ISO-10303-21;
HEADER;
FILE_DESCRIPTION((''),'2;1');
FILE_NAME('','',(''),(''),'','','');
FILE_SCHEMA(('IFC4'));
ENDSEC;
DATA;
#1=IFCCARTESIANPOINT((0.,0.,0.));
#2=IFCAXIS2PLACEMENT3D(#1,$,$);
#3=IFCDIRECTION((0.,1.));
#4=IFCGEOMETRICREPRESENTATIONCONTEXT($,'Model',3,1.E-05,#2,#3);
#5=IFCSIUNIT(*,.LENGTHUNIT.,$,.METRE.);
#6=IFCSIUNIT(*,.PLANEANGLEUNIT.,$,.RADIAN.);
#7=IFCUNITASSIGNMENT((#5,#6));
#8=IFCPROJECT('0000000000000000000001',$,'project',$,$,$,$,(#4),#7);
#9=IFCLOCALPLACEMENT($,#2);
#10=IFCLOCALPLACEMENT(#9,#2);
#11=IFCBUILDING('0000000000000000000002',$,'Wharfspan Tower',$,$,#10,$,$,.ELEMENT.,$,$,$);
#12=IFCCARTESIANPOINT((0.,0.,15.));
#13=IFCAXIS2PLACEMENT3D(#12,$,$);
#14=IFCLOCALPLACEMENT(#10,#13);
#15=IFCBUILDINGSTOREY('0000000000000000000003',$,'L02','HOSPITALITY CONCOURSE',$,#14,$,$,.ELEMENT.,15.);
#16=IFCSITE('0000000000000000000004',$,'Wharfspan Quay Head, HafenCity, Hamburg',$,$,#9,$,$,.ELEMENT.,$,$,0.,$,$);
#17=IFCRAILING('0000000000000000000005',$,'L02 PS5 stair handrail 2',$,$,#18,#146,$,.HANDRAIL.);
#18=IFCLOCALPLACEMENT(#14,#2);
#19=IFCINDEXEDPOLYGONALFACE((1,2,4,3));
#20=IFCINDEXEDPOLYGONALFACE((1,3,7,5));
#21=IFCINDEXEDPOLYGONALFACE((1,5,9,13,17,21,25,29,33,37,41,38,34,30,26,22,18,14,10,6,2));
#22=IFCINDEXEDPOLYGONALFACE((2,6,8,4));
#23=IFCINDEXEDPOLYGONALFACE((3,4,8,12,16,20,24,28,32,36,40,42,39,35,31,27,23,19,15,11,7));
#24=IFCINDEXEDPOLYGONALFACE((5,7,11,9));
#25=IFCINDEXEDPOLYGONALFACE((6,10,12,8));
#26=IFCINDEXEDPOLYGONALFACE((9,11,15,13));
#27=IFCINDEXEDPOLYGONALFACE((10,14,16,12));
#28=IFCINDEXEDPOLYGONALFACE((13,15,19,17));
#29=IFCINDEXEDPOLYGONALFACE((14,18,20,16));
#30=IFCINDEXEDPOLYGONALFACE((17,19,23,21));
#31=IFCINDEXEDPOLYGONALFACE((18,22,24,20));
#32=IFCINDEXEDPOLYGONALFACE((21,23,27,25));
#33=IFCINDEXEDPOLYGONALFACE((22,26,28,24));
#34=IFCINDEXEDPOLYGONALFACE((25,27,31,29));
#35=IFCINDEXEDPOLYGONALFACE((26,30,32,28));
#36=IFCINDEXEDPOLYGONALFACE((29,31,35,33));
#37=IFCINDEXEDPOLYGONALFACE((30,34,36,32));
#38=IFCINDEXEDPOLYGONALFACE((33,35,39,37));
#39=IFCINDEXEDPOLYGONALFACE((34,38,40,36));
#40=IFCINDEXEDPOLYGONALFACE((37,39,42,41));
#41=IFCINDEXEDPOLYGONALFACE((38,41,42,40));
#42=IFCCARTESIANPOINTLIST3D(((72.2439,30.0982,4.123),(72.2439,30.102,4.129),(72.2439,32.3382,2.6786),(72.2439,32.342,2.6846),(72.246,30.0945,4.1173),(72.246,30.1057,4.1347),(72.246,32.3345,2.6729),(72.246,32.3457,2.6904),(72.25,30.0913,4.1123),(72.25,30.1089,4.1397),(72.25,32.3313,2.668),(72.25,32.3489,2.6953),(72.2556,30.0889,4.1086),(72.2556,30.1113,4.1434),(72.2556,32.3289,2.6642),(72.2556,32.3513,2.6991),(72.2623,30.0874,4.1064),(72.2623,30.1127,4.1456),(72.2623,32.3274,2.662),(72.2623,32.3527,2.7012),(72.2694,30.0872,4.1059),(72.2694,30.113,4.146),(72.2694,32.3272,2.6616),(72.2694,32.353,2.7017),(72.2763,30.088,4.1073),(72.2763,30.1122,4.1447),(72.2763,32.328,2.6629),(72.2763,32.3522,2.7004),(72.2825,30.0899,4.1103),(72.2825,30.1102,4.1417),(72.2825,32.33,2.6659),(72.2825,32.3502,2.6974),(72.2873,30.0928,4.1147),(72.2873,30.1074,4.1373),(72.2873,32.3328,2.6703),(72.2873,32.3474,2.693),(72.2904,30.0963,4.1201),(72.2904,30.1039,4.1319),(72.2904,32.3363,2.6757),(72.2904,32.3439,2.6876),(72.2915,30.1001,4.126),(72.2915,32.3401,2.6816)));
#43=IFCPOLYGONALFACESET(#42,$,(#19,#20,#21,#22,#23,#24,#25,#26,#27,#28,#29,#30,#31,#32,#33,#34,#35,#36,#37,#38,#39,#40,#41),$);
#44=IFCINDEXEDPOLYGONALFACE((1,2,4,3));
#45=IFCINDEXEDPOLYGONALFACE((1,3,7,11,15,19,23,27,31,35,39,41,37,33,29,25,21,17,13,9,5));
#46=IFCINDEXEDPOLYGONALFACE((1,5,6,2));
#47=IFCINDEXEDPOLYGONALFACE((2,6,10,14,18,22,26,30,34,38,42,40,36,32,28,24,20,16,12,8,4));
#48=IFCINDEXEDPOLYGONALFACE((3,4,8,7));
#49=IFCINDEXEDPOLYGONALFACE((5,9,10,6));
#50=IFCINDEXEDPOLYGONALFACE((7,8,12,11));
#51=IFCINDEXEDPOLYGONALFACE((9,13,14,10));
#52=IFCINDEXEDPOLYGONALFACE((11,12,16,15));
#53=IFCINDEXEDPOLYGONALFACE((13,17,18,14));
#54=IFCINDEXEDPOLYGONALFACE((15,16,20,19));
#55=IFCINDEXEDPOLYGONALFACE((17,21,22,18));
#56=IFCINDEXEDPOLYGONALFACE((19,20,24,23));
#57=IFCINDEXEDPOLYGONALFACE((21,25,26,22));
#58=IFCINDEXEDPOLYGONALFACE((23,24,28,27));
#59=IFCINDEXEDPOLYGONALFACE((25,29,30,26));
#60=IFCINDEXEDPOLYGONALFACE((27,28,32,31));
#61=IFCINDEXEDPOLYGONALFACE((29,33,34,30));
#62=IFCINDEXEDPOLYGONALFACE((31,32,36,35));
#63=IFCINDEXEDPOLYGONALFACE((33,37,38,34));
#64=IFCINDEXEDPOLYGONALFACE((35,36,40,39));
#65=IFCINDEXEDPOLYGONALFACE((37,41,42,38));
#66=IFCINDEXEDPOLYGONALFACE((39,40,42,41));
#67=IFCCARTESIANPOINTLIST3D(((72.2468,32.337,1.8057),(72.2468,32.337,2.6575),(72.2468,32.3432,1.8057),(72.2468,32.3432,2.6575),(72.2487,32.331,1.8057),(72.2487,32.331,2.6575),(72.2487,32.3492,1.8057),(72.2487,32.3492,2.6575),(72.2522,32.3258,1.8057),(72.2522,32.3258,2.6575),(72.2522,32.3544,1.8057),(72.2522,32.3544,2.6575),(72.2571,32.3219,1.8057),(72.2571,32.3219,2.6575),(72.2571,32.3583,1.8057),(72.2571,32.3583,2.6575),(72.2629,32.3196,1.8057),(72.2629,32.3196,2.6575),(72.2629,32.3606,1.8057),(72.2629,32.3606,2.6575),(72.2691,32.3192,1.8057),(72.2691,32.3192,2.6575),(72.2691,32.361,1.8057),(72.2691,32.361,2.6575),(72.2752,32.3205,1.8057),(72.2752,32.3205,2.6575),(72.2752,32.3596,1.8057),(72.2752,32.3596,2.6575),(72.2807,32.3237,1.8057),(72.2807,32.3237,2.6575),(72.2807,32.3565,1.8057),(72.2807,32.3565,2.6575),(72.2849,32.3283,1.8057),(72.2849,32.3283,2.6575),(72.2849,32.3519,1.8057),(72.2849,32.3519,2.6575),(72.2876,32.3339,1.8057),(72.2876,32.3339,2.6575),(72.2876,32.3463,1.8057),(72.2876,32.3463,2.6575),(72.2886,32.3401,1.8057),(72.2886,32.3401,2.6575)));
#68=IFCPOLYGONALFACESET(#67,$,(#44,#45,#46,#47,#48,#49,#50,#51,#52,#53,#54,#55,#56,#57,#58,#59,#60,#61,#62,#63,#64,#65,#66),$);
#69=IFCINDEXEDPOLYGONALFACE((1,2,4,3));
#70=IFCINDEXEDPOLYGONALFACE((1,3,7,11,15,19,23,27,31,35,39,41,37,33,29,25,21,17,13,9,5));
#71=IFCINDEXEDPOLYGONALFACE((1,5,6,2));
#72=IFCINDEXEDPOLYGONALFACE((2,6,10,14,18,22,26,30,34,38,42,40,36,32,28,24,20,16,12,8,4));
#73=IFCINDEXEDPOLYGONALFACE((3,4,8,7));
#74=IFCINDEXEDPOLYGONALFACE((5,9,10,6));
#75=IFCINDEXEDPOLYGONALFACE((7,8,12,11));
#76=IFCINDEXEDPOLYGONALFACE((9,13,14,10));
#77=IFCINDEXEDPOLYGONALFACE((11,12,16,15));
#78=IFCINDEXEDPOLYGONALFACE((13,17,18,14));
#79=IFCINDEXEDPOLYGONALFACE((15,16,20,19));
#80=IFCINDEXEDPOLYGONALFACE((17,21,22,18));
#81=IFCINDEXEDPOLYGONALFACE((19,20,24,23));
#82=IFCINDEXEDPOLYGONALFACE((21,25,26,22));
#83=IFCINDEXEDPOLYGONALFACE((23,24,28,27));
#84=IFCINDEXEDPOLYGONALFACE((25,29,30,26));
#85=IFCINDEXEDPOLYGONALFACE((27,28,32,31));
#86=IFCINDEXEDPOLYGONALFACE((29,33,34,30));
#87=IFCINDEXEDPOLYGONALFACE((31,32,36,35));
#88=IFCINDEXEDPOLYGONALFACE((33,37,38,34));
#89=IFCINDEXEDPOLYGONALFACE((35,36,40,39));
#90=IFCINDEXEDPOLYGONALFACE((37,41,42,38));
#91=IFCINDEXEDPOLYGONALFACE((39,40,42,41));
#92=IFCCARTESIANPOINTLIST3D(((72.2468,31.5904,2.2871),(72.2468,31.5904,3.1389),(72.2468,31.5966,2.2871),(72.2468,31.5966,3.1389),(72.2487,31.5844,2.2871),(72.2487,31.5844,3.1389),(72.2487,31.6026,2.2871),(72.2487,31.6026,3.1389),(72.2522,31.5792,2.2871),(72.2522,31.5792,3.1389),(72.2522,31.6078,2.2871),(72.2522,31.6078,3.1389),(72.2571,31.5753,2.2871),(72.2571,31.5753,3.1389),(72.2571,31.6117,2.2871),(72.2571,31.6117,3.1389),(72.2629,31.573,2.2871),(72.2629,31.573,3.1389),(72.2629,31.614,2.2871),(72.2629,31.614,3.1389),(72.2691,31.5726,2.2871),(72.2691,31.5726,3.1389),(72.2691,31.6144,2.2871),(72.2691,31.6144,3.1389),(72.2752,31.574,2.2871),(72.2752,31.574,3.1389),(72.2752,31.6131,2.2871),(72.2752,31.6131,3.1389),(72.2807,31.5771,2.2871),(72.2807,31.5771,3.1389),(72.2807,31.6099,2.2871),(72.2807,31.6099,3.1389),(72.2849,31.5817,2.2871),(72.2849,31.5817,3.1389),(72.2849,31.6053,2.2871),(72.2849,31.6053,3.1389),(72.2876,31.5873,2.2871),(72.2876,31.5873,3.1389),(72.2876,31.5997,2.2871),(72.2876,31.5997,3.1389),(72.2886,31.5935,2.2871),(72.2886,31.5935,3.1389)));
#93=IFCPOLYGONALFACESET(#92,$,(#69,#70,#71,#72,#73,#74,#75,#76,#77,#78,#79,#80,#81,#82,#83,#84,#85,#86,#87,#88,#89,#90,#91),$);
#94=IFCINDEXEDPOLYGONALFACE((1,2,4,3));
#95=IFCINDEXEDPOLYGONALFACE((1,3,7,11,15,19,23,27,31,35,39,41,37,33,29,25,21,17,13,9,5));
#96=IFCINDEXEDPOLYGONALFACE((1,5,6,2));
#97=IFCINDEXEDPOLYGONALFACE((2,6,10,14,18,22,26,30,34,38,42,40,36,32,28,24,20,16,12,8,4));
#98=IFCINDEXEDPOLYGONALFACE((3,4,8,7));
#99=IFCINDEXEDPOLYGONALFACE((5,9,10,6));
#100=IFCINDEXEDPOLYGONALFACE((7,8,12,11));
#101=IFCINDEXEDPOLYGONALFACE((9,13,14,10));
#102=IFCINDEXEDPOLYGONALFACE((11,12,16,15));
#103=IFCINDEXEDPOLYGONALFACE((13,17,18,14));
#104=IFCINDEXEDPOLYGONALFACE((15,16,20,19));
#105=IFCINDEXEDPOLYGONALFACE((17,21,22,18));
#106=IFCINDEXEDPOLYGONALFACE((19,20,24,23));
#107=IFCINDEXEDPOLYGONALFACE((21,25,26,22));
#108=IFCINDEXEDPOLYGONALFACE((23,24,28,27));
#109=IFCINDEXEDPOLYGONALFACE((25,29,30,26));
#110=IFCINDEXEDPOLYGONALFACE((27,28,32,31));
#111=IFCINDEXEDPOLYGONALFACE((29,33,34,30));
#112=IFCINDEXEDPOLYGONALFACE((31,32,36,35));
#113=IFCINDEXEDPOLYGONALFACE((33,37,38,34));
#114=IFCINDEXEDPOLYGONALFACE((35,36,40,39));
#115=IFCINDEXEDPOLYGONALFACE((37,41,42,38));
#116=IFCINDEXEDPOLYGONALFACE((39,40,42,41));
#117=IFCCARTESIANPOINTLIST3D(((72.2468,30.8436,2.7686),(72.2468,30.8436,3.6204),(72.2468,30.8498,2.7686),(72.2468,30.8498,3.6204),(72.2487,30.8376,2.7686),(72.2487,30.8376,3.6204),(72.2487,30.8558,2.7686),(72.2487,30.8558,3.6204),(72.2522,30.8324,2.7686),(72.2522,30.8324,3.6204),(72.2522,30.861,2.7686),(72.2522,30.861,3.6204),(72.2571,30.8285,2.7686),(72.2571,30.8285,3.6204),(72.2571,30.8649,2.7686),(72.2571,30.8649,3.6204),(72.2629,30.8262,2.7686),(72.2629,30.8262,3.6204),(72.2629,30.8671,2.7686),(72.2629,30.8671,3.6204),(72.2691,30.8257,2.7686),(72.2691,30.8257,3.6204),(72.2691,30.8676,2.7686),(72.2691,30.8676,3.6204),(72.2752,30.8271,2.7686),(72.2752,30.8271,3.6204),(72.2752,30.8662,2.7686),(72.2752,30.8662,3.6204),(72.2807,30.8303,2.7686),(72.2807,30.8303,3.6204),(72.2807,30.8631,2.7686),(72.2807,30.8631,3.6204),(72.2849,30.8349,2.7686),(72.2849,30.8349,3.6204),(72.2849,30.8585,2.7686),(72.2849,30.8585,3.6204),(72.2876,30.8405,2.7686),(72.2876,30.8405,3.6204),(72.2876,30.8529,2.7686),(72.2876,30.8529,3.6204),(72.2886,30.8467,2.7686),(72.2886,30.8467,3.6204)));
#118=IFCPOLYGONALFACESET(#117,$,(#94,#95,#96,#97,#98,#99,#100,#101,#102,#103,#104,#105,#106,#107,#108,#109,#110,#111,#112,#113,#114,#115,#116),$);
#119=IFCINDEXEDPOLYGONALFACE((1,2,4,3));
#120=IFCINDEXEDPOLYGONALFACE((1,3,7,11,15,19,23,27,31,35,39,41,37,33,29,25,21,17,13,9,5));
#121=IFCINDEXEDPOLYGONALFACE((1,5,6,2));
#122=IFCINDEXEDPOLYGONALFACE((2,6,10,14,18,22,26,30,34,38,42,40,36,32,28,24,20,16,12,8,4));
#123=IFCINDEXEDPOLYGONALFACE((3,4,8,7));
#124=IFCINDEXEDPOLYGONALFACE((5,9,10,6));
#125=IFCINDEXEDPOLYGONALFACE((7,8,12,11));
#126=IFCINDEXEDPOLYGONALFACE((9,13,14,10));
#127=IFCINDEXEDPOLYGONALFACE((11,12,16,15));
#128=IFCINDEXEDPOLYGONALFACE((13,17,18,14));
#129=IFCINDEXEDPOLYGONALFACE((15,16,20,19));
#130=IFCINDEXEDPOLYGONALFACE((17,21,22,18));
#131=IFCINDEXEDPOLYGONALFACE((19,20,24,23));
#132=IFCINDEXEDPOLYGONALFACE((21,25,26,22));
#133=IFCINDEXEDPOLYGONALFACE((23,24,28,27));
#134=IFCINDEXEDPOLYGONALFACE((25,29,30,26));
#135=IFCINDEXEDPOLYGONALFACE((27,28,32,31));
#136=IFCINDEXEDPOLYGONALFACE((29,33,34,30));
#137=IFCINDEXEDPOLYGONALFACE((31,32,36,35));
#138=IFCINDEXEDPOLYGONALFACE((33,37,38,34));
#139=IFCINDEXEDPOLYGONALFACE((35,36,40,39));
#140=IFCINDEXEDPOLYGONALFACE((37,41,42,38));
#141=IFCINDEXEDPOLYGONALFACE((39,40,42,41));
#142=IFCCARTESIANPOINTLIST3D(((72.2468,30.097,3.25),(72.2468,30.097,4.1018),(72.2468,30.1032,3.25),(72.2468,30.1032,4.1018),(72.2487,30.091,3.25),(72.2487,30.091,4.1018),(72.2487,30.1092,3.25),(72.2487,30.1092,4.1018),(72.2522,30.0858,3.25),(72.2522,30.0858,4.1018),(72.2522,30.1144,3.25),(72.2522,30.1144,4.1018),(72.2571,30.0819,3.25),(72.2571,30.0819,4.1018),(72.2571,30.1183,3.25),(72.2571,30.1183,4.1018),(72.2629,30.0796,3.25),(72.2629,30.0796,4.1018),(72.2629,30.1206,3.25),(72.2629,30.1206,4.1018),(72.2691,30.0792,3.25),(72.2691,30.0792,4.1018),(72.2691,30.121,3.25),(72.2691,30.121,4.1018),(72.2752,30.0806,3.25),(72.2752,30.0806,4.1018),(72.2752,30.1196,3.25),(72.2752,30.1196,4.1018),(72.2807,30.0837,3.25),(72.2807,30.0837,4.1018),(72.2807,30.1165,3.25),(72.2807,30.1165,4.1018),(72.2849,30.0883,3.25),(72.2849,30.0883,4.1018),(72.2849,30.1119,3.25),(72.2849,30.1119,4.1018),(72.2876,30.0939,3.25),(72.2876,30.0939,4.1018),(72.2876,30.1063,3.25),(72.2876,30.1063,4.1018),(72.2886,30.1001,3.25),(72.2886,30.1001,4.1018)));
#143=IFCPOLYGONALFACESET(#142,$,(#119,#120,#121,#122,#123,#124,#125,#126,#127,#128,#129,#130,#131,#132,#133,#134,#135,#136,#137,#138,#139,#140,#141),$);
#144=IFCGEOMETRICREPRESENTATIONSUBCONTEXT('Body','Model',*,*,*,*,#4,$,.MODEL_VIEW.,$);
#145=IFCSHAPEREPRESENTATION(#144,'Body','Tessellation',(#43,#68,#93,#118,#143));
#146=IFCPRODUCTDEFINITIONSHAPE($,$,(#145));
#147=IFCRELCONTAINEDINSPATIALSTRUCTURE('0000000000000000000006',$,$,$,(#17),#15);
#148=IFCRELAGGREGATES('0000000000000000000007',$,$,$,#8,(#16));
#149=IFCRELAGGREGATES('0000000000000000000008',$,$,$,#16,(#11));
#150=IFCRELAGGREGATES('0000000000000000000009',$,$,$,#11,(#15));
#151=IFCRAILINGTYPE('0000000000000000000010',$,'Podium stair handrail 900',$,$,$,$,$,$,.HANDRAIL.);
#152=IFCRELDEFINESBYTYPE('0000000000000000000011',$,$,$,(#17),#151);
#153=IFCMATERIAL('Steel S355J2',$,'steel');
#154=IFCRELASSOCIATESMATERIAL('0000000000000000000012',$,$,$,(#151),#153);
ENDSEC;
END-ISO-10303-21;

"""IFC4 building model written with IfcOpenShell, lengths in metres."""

from ifc_helpers import new_model, si_unit, direction, frame, origin, origin_2d, place, context, subcontext, project, spatial, circle, extrude, material, type_object, element, save


model = new_model("IFC4")

# Units and contexts
model_context = context("Model", 3, precision=1e-05, world=origin(), true_north=direction((0.0, 1.0)))
body_context = subcontext(model_context, "Body", "Model", "MODEL_VIEW")
ifc_project = project(units=[si_unit("LENGTHUNIT", "METRE"), si_unit("PLANEANGLEUNIT", "RADIAN")], contexts=[model_context])

# Site, building, storey
site_placement = place(None, origin())
site = spatial("IfcSite", under=ifc_project, at=site_placement, Name="Wharfspan Quay Head, HafenCity, Hamburg", CompositionType="ELEMENT", RefElevation=0.0)
building_placement = place(site_placement, origin())
building = spatial("IfcBuilding", under=site, at=building_placement, Name="Wharfspan Tower", CompositionType="ELEMENT")
storey_placement = place(building_placement, frame((0.0, 0.0, 15.0)))
storey = spatial("IfcBuildingStorey", under=building, at=storey_placement, Name="L02", Description="HOSPITALITY CONCOURSE", CompositionType="ELEMENT", Elevation=15.0)

# Railing
ifc_material_1 = material(Name="Steel S355J2", Category="steel")
railing_type_1 = type_object("IfcRailingType", Name="Podium stair handrail 900", PredefinedType="HANDRAIL", material=ifc_material_1)
for number, where, name in (
    (1, (72.2676, 32.3401, 1.8057), "L02 PS5 stair handrail 2"),
):
    element("IfcRailing", number, at=place(storey_placement, frame(where)), inside=storey, type_object=railing_type_1, Name=name, PredefinedType="HANDRAIL", context=body_context, shape_type="SweptSolid", body=[
        extrude(circle(Radius=0.0239, at=origin_2d()), frame((0.0, 0.0, 0.876), z_axis=(0.0, -0.840437, 0.54191), x_axis=(1.0, 0.0, 0.0)), (0.0, 0.0, 1.0), 2.6653),
        extrude(circle(Radius=0.021, at=origin_2d()), origin(), (0.0, 0.0, 1.0), 0.8518),
        extrude(circle(Radius=0.021, at=origin_2d()), frame((0.0, -0.7466, 0.4814)), (0.0, 0.0, 1.0), 0.8518),
        extrude(circle(Radius=0.021, at=origin_2d()), frame((0.0, -1.4934, 0.9629)), (0.0, 0.0, 1.0), 0.8518),
        extrude(circle(Radius=0.021, at=origin_2d()), frame((0.0, -2.24, 1.4443)), (0.0, 0.0, 1.0), 0.8518),
    ])

save(model, "model.ifc")
